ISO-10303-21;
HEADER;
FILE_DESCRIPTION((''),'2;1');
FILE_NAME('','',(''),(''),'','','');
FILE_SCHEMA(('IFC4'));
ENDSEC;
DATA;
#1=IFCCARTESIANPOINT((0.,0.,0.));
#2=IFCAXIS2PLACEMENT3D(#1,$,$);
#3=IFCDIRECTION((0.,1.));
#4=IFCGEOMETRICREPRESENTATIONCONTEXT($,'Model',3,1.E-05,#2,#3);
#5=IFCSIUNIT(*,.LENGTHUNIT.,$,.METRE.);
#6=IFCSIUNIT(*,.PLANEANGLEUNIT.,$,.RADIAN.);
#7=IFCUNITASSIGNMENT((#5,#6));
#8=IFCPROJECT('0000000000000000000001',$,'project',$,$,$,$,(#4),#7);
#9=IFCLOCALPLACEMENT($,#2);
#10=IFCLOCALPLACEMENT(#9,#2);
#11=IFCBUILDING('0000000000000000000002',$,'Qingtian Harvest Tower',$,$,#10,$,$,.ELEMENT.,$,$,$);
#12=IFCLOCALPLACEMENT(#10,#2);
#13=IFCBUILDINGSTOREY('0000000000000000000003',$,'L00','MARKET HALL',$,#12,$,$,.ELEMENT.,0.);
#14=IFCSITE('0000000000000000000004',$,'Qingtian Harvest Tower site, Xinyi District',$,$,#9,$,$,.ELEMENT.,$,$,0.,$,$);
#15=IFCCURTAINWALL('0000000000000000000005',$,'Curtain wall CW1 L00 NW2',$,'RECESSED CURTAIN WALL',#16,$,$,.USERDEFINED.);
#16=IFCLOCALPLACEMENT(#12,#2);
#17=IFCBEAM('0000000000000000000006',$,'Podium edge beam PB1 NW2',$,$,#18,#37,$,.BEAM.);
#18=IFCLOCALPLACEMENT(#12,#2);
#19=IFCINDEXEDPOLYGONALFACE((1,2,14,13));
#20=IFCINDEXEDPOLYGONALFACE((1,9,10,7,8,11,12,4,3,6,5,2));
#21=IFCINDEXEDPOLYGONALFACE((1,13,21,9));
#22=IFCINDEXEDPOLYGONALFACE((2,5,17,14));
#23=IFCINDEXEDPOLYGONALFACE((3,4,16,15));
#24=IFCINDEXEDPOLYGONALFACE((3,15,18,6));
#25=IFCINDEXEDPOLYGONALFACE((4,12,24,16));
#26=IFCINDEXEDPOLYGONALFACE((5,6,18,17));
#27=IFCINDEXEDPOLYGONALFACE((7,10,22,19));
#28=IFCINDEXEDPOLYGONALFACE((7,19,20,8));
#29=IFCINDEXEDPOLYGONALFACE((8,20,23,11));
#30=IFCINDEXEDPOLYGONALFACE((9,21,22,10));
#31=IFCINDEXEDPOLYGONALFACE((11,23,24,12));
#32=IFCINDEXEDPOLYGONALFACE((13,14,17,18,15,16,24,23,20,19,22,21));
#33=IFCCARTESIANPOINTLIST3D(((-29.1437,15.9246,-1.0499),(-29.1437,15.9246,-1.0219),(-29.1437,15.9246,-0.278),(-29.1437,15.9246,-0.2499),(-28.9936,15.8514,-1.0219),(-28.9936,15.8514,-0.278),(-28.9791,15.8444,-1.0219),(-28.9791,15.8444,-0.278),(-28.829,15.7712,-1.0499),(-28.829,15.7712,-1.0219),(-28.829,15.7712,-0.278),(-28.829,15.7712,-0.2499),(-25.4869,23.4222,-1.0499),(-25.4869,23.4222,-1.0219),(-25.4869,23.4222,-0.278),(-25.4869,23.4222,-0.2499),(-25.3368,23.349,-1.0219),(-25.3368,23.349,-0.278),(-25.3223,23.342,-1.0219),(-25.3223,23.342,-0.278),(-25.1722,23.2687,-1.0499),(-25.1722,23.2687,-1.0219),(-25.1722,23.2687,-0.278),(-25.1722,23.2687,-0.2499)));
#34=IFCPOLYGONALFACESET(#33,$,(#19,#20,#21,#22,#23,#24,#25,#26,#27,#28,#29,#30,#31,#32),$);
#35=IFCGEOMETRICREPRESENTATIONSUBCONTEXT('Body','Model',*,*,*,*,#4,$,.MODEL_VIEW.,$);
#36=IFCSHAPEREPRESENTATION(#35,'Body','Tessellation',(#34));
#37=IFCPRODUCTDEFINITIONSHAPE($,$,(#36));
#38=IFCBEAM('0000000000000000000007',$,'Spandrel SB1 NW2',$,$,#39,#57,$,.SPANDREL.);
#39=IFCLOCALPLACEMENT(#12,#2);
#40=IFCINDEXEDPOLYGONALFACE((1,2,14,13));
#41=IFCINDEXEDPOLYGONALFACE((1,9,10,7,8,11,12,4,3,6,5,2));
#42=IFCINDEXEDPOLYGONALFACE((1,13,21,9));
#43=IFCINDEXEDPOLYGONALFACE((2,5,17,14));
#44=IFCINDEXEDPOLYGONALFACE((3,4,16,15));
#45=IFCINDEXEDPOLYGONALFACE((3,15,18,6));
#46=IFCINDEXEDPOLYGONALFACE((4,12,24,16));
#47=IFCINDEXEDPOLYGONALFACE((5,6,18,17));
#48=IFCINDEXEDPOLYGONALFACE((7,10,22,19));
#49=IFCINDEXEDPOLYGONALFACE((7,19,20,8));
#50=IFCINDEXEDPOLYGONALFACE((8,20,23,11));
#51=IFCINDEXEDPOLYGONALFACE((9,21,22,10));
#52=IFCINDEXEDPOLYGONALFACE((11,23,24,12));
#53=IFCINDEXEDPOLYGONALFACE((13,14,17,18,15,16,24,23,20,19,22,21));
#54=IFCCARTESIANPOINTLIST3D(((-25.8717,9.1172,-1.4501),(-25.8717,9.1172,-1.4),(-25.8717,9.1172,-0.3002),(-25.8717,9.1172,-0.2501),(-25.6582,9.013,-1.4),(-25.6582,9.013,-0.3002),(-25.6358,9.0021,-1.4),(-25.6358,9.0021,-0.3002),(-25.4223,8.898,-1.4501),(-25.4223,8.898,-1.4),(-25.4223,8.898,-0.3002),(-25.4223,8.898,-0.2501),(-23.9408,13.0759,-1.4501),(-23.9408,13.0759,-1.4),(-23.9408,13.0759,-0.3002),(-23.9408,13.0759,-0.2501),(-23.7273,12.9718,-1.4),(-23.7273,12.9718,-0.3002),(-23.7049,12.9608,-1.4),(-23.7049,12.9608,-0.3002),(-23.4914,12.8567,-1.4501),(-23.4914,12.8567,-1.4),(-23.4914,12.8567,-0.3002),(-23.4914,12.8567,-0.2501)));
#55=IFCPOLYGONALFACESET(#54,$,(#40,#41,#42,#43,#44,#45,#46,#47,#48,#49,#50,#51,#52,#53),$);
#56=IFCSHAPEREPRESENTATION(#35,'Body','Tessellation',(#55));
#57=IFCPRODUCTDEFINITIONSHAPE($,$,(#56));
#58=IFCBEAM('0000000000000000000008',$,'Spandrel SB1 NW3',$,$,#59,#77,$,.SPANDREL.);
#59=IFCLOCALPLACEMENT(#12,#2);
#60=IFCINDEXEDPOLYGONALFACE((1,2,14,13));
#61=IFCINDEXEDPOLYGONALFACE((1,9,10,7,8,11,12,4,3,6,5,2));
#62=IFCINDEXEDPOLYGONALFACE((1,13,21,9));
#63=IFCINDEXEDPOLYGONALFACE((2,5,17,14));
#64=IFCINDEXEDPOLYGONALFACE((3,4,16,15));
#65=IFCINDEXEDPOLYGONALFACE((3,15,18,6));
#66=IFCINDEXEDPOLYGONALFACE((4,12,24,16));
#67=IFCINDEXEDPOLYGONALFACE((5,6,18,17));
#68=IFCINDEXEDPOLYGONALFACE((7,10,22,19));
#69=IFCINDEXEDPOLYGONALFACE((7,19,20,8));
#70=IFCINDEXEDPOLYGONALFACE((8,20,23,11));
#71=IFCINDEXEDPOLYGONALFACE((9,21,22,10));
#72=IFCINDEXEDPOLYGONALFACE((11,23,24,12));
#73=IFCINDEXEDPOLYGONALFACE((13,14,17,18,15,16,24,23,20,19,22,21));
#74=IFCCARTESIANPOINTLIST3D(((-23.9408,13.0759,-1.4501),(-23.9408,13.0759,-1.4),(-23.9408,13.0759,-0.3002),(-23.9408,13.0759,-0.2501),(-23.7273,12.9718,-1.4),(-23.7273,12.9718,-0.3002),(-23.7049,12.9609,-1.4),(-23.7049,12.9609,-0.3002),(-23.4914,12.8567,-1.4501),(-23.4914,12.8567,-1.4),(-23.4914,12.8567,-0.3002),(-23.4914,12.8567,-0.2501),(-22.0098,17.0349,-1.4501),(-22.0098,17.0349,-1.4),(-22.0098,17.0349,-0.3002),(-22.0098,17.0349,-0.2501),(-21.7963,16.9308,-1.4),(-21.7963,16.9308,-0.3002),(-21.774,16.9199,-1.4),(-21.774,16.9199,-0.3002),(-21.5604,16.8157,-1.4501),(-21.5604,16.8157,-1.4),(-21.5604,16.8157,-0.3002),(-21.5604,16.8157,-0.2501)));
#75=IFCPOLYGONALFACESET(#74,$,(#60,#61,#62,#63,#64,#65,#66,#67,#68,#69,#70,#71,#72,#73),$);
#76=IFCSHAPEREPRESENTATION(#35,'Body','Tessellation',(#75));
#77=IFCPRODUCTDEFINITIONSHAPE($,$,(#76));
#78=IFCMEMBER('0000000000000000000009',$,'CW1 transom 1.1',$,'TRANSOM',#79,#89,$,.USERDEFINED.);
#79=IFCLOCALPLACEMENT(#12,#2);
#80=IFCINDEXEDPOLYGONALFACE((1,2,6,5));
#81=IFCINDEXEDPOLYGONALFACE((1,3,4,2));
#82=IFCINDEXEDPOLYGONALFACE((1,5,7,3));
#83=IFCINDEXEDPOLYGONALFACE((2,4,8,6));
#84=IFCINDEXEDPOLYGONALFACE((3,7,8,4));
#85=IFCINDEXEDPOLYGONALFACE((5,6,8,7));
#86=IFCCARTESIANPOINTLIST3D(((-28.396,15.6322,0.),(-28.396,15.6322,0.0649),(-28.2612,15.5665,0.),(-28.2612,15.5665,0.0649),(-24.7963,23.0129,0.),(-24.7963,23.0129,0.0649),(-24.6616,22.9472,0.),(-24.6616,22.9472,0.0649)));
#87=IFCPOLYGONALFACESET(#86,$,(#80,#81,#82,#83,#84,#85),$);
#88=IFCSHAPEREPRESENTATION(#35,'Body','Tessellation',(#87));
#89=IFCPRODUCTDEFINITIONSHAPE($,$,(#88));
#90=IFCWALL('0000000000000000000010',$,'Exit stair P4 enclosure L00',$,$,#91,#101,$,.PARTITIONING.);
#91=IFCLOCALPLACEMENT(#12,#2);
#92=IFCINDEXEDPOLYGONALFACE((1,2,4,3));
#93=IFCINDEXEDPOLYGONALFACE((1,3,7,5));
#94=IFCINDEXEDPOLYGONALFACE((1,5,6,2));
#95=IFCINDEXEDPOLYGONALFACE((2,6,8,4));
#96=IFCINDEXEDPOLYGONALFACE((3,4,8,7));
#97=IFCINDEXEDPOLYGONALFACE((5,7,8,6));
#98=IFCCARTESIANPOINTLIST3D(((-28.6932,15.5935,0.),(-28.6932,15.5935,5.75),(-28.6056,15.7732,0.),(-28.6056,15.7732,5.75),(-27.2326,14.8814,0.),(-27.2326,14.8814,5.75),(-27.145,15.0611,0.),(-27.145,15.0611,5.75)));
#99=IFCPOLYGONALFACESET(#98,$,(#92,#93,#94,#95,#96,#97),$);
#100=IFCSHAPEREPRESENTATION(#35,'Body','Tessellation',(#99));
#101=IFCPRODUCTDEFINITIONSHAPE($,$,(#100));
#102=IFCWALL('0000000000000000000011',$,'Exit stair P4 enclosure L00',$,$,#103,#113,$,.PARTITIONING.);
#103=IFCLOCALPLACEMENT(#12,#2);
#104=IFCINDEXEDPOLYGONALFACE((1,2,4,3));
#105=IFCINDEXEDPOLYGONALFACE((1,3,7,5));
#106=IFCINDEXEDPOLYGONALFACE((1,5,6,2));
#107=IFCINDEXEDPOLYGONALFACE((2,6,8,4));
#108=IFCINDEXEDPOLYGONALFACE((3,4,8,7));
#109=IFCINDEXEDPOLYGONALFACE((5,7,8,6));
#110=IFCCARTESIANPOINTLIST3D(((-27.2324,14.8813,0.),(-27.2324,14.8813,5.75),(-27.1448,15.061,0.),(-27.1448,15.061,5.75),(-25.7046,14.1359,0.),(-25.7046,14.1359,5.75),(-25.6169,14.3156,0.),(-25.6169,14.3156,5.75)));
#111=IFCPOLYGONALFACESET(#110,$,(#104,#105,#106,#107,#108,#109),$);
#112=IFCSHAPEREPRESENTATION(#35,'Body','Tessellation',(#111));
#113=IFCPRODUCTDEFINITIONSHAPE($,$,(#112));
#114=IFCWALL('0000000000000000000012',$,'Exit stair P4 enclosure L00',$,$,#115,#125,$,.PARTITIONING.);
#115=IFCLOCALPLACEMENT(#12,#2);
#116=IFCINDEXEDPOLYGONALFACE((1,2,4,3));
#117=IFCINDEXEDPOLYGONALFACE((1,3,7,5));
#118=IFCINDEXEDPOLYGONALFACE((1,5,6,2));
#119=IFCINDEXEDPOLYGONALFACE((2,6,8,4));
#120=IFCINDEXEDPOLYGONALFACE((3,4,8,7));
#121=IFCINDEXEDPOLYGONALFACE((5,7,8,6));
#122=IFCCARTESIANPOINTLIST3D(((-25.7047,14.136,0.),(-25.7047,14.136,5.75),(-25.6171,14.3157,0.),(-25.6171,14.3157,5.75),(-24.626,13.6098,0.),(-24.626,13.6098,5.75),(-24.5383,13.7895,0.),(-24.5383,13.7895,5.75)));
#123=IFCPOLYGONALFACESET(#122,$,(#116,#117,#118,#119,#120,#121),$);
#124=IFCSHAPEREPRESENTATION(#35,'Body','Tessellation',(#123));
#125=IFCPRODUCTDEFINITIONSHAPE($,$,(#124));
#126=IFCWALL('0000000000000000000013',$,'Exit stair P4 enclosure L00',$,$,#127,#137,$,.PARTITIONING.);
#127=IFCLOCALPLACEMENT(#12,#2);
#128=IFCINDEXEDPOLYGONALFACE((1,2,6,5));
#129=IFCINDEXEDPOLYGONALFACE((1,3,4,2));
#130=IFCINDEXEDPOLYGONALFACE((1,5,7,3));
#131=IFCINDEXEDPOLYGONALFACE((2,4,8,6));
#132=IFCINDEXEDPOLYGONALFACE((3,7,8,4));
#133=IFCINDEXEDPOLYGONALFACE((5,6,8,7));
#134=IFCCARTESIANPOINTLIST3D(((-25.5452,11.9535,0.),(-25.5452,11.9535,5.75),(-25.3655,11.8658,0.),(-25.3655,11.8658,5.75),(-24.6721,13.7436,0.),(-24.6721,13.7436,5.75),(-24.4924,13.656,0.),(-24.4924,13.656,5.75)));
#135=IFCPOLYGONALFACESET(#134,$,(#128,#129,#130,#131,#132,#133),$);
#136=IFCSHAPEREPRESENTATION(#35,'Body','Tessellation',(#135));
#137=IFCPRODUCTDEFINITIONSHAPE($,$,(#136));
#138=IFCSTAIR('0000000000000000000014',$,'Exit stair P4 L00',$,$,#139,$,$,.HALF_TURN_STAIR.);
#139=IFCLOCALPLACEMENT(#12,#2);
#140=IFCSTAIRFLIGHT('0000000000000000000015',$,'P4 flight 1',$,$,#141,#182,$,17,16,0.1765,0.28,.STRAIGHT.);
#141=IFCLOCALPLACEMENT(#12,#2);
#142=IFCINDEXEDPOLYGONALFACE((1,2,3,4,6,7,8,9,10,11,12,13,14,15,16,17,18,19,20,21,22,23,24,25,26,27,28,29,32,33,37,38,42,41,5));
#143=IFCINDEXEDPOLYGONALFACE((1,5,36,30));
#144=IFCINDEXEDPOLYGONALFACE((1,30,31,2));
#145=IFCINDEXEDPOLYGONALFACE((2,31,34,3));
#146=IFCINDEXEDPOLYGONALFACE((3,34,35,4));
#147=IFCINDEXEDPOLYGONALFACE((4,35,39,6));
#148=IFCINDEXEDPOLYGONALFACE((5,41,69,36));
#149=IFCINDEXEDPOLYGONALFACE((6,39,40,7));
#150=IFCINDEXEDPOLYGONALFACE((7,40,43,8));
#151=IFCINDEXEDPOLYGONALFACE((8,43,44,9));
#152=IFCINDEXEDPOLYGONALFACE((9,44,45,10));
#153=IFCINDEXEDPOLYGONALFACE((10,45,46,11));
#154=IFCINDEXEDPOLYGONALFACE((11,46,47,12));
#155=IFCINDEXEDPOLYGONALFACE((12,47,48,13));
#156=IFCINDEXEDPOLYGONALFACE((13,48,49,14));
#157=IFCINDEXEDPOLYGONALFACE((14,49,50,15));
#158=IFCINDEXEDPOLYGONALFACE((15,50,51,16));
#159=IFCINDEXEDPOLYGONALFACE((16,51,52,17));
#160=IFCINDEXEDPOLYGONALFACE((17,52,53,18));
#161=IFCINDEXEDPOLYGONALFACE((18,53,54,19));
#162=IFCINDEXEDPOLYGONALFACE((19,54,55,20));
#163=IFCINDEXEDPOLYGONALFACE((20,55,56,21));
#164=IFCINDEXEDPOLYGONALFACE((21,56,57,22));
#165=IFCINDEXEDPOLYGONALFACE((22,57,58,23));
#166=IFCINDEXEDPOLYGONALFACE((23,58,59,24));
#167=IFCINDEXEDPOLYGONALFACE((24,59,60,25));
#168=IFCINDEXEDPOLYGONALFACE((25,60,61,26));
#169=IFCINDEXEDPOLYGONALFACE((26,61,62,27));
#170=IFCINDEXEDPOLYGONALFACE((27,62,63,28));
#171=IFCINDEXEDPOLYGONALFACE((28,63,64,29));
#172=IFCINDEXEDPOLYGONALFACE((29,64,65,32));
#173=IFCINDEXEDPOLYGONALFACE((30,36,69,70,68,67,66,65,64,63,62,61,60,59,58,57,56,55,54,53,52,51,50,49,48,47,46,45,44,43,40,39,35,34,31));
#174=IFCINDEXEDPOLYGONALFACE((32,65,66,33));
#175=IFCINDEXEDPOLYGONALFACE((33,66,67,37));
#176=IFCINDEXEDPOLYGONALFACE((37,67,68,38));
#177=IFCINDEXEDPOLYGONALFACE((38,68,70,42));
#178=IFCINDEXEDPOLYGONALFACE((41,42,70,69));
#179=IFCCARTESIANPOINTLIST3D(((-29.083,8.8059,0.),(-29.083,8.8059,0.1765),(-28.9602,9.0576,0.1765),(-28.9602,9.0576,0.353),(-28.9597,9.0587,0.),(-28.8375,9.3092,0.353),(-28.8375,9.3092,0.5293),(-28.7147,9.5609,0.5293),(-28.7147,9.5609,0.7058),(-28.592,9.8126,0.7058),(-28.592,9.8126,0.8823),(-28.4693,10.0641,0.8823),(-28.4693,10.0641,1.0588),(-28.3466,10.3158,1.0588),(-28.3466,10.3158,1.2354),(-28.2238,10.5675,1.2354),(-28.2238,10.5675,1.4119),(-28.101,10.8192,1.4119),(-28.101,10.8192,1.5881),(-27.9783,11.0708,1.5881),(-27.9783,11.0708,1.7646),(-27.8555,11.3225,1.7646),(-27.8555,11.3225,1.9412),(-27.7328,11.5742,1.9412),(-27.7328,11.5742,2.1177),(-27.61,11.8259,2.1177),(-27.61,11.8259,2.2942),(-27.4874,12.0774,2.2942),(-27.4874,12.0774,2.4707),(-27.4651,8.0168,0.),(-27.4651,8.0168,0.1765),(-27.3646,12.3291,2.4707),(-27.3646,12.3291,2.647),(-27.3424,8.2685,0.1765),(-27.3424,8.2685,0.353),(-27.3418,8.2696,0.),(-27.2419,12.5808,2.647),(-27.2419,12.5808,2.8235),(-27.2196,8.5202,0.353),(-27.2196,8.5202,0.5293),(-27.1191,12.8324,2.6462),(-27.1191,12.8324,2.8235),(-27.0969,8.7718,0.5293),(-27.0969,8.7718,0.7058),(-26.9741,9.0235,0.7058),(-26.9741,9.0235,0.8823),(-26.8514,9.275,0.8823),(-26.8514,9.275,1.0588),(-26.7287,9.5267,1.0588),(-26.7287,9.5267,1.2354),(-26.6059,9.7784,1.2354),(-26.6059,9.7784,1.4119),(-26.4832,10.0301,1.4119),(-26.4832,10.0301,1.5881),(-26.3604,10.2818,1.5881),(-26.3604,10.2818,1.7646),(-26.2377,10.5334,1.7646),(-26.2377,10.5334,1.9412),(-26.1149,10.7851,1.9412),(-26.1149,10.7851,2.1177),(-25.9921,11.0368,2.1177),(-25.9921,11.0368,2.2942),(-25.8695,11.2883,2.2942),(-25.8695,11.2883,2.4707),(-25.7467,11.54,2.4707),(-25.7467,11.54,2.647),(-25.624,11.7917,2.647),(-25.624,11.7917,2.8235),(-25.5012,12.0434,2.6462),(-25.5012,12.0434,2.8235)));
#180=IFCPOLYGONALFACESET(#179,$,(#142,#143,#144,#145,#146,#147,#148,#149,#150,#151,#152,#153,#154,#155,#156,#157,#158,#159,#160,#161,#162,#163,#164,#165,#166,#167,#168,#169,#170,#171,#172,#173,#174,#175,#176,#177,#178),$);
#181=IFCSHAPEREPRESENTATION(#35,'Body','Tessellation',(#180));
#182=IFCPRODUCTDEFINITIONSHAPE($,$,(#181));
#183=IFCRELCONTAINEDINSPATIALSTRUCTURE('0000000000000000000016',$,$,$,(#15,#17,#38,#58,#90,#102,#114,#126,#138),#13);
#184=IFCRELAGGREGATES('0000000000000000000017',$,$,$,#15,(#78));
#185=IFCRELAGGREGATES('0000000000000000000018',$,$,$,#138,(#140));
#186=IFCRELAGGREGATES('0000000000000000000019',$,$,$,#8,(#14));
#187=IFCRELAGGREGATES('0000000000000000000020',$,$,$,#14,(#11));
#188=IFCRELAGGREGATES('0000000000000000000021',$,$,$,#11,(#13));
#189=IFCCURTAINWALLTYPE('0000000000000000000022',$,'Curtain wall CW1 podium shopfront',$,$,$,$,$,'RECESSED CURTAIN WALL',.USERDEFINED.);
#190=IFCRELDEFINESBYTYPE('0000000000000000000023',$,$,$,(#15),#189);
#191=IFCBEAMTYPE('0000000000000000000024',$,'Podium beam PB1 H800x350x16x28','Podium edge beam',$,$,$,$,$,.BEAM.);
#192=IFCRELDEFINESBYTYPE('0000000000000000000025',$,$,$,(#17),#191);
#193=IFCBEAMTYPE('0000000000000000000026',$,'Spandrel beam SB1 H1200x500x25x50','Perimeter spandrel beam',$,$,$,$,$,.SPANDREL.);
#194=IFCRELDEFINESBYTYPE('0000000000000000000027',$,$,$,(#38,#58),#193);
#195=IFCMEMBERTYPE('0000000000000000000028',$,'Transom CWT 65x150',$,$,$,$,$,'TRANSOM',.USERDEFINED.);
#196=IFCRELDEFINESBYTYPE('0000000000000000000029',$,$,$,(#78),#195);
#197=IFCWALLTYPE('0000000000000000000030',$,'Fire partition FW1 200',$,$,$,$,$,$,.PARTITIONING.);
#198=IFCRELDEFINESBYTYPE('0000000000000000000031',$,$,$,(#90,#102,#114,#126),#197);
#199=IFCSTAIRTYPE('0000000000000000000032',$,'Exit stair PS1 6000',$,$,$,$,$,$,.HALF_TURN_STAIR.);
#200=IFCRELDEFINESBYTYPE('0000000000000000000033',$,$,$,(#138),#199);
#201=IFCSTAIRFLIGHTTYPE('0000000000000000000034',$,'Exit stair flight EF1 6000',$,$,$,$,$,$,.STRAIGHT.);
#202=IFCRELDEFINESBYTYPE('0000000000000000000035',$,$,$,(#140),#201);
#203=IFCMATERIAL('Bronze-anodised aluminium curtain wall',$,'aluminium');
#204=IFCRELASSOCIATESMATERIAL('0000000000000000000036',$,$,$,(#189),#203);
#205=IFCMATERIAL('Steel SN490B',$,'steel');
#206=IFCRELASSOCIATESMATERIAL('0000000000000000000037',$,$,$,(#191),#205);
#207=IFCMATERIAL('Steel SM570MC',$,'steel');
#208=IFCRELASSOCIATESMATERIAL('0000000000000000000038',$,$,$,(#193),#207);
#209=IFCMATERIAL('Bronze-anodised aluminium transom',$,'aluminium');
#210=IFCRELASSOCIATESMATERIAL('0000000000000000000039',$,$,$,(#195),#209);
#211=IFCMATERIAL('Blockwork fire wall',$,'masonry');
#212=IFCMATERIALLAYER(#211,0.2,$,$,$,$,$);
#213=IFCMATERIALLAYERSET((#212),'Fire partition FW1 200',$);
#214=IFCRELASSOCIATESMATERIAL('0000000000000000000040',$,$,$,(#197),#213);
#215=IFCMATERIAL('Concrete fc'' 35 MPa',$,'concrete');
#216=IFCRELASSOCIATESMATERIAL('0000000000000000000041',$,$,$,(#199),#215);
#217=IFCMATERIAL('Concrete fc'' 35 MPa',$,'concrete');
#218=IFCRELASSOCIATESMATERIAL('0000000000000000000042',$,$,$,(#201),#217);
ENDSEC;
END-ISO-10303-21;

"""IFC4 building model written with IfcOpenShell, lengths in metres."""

from ifc_helpers import new_model, si_unit, direction, frame, frame_2d, origin, origin_2d, place, context, subcontext, project, spatial, polyline, rectangle, i_section, outline, extrude, material, layer, layer_set, material_profile, profile_set, type_object, element, aggregate, save


model = new_model("IFC4")

# Units and contexts
model_context = context("Model", 3, precision=1e-05, world=origin(), true_north=direction((0.0, 1.0)))
body_context = subcontext(model_context, "Body", "Model", "MODEL_VIEW")
ifc_project = project(units=[si_unit("LENGTHUNIT", "METRE"), si_unit("PLANEANGLEUNIT", "RADIAN")], contexts=[model_context])

# Site, building, storey
site_placement = place(None, origin())
site = spatial("IfcSite", under=ifc_project, at=site_placement, Name="Qingtian Harvest Tower site, Xinyi District", CompositionType="ELEMENT", RefElevation=0.0)
building_placement = place(site_placement, origin())
building = spatial("IfcBuilding", under=site, at=building_placement, Name="Qingtian Harvest Tower", CompositionType="ELEMENT")
storey_placement = place(building_placement, origin())
storey = spatial("IfcBuildingStorey", under=building, at=storey_placement, Name="L00", Description="MARKET HALL", CompositionType="ELEMENT", Elevation=0.0)

# Curtain wall
ifc_material_1 = material(Name="Bronze-anodised aluminium curtain wall", Category="aluminium")
curtain_wall_type = type_object("IfcCurtainWallType", Name="Curtain wall CW1 podium shopfront", ElementType="RECESSED CURTAIN WALL", PredefinedType="USERDEFINED", material=ifc_material_1)
curtain_wall_placement = place(storey_placement, origin())
curtain_wall = element("IfcCurtainWall", 1, at=curtain_wall_placement, inside=storey, type_object=curtain_wall_type, Name="Curtain wall CW1 L00 NW2", ObjectType="RECESSED CURTAIN WALL", PredefinedType="USERDEFINED")

# Beams
ifc_material_2 = material(Name="Steel SN490B", Category="steel")
ifc_material_profile_1 = material_profile(ifc_material_2, i_section(OverallWidth=0.3501, OverallDepth=0.8, WebThickness=0.0161, FlangeThickness=0.0281, at=origin_2d()), Name="H800x350x16x28")
ifc_profile_set_1 = profile_set([ifc_material_profile_1], Name="Steel SN490B")
beam_type_1 = type_object("IfcBeamType", Name="Podium beam PB1 H800x350x16x28", Description="Podium edge beam", PredefinedType="BEAM", material=ifc_profile_set_1)
for number, where, z_axis, x_axis, name in (
    (2, (-28.9863, 15.8479, -0.6499), (0.438365, 0.898797, 0.0), (-0.898797, 0.438365, 0.0), "Podium edge beam PB1 NW2"),
):
    element("IfcBeam", number, at=place(storey_placement, frame(where, z_axis=z_axis, x_axis=x_axis)), inside=storey, type_object=beam_type_1, Name=name, PredefinedType="BEAM", context=body_context, shape_type="SweptSolid", body=[
        extrude(i_section(OverallWidth=0.3501, OverallDepth=0.8, WebThickness=0.0161, FlangeThickness=0.0281, at=origin_2d()), origin(), (0.0, 0.0, 1.0), 8.3418),
    ])
ifc_material_3 = material(Name="Steel SM570MC", Category="steel")
ifc_material_profile_2 = material_profile(ifc_material_3, i_section(OverallWidth=0.5, OverallDepth=1.2, WebThickness=0.0249, FlangeThickness=0.05, at=origin_2d()), Name="H1200x500x25x50")
ifc_profile_set_2 = profile_set([ifc_material_profile_2], Name="Steel SM570MC")
beam_type_2 = type_object("IfcBeamType", Name="Spandrel beam SB1 H1200x500x25x50", Description="Perimeter spandrel beam", PredefinedType="SPANDREL", material=ifc_profile_set_2)
beam_1_placement = place(storey_placement, frame((-25.647, 9.0076, -0.8501), z_axis=(0.43839, 0.898785, 0.0), x_axis=(-0.898785, 0.43839, 0.0)))
element("IfcBeam", 3, at=beam_1_placement, inside=storey, type_object=beam_type_2, Name="Spandrel SB1 NW2", PredefinedType="SPANDREL", context=body_context, shape_type="SweptSolid", body=[
    extrude(i_section(OverallWidth=0.5, OverallDepth=1.2, WebThickness=0.0249, FlangeThickness=0.05, at=origin_2d()), origin(), (0.0, 0.0, 1.0), 4.4045),
])
beam_2_placement = place(storey_placement, frame((-23.7161, 12.9663, -0.8501), z_axis=(0.438368, 0.898796, 0.0), x_axis=(-0.898796, 0.438368, 0.0)))
element("IfcBeam", 4, at=beam_2_placement, inside=storey, type_object=beam_type_2, Name="Spandrel SB1 NW3", PredefinedType="SPANDREL", context=body_context, shape_type="SweptSolid", body=[
    extrude(i_section(OverallWidth=0.5, OverallDepth=1.2, WebThickness=0.0249, FlangeThickness=0.05, at=origin_2d()), origin(), (0.0, 0.0, 1.0), 4.4048),
])

# Member
ifc_material_4 = material(Name="Bronze-anodised aluminium transom", Category="aluminium")
ifc_material_profile_3 = material_profile(ifc_material_4, rectangle(XDim=0.1499, YDim=0.0649, at=origin_2d()), Name="AL 65x150")
ifc_profile_set_3 = profile_set([ifc_material_profile_3], Name="Bronze-anodised aluminium transom")
member_type_1 = type_object("IfcMemberType", Name="Transom CWT 65x150", ElementType="TRANSOM", PredefinedType="USERDEFINED", material=ifc_profile_set_3)
member_1_placement = place(storey_placement, frame((-28.3286, 15.5994, 0.0325), z_axis=(0.438356, 0.898802, 0.0), x_axis=(-0.898802, 0.438356, 0.0)))
member_1 = element("IfcMember", 5, at=member_1_placement, type_object=member_type_1, Name="CW1 transom 1.1", ObjectType="TRANSOM", PredefinedType="USERDEFINED", context=body_context, shape_type="SweptSolid", body=[
    extrude(rectangle(XDim=0.1499, YDim=0.0649, at=origin_2d()), origin(), (0.0, 0.0, 1.0), 8.2117),
])
aggregate(curtain_wall, [member_1])

# Walls
ifc_material_5 = material(Name="Blockwork fire wall", Category="masonry")
ifc_layer = layer(ifc_material_5, 0.2)
ifc_layer_set = layer_set([ifc_layer], Name="Fire partition FW1 200")
wall_type = type_object("IfcWallType", Name="Fire partition FW1 200", PredefinedType="PARTITIONING", material=ifc_layer_set)
wall_1_placement = place(storey_placement, frame((-28.6494, 15.6833, 0.0), z_axis=(0.0, 0.0, 1.0), x_axis=(0.898859, -0.438237, 0.0)))
element("IfcWall", 6, at=wall_1_placement, inside=storey, type_object=wall_type, Name="Exit stair P4 enclosure L00", PredefinedType="PARTITIONING", context=body_context, shape_type="SweptSolid", body=[
    extrude(rectangle(XDim=1.625, YDim=0.2, at=frame_2d((0.8125, 0.0))), origin(), (0.0, 0.0, 1.0), 5.75),
])
wall_2_placement = place(storey_placement, frame((-27.1887, 14.9712, 0.0), z_axis=(0.0, 0.0, 1.0), x_axis=(0.898751, -0.43846, 0.0)))
element("IfcWall", 7, at=wall_2_placement, inside=storey, type_object=wall_type, Name="Exit stair P4 enclosure L00", PredefinedType="PARTITIONING", context=body_context, shape_type="SweptSolid", body=[
    extrude(rectangle(XDim=1.7, YDim=0.2, at=frame_2d((0.8501, 0.0))), origin(), (0.0, 0.0, 1.0), 5.75),
])
wall_3_placement = place(storey_placement, frame((-25.6609, 14.2258, 0.0), z_axis=(0.0, 0.0, 1.0), x_axis=(0.898778, -0.438404, 0.0)))
element("IfcWall", 8, at=wall_3_placement, inside=storey, type_object=wall_type, Name="Exit stair P4 enclosure L00", PredefinedType="PARTITIONING", context=body_context, shape_type="SweptSolid", body=[
    extrude(rectangle(XDim=1.2002, YDim=0.2, at=frame_2d((0.6001, 0.0))), origin(), (0.0, 0.0, 1.0), 5.75),
])
wall_4_placement = place(storey_placement, frame((-25.4553, 11.9097, 0.0), z_axis=(0.0, 0.0, 1.0), x_axis=(0.438366, 0.898797, 0.0)))
element("IfcWall", 9, at=wall_4_placement, inside=storey, type_object=wall_type, Name="Exit stair P4 enclosure L00", PredefinedType="PARTITIONING", context=body_context, shape_type="SweptSolid", body=[
    extrude(rectangle(XDim=1.9917, YDim=0.2, at=frame_2d((0.9958, 0.0))), origin(), (0.0, 0.0, 1.0), 5.75),
])

# Stair, stair flight
ifc_material_6 = material(Name="Concrete fc' 35 MPa", Category="concrete")
stair_type = type_object("IfcStairType", Name="Exit stair PS1 6000", PredefinedType="HALF_TURN_STAIR", material=ifc_material_6)
stair_placement = place(storey_placement, origin())
stair = element("IfcStair", 10, at=stair_placement, inside=storey, type_object=stair_type, Name="Exit stair P4 L00", PredefinedType="HALF_TURN_STAIR")
ifc_material_7 = material(Name="Concrete fc' 35 MPa", Category="concrete")
stair_flight_type = type_object("IfcStairFlightType", Name="Exit stair flight EF1 6000", PredefinedType="STRAIGHT", material=ifc_material_7)
stair_flight_1_placement = place(storey_placement, frame((-28.2742, 8.4114, 0.0), z_axis=(0.0, 0.0, 1.0), x_axis=(0.438371, 0.898794, 0.0)))
stair_flight_1 = element("IfcStairFlight", 11, at=stair_flight_1_placement, type_object=stair_flight_type, Name="P4 flight 1", NumberOfRisers=17, NumberOfTreads=16, PredefinedType="STRAIGHT", RiserHeight=0.1765, TreadLength=0.28, context=body_context, shape_type="SweptSolid", body=[
    extrude(outline(polyline([(0.0, 0.0), (0.0, 0.1765), (0.28, 0.1765), (0.28, 0.353), (0.5601, 0.353), (0.5601, 0.5293), (0.8401, 0.5293), (0.8401, 0.7058), (1.1201, 0.7058), (1.1201, 0.8823), (1.3999, 0.8823), (1.3999, 1.0588), (1.6799, 1.0588), (1.6799, 1.2354), (1.96, 1.2354), (1.96, 1.4119), (2.24, 1.4119), (2.24, 1.5881), (2.52, 1.5881), (2.52, 1.7646), (2.8, 1.7646), (2.8, 1.9412), (3.0801, 1.9412), (3.0801, 2.1177), (3.3601, 2.1177), (3.3601, 2.2942), (3.6399, 2.2942), (3.6399, 2.4707), (3.9199, 2.4707), (3.9199, 2.647), (4.2, 2.647), (4.2, 2.8235), (4.48, 2.8235), (4.48, 3.0), (4.48, 2.6462), (0.2812, 0.0), (0.0, 0.0)])), frame((0.0, 0.8999, 0.0), z_axis=(0.0, -1.0, 0.0), x_axis=(1.0, 0.0, 0.0)), (0.0, 0.0, 1.0), 1.8),
])
aggregate(stair, [stair_flight_1])

save(model, "model.ifc")
